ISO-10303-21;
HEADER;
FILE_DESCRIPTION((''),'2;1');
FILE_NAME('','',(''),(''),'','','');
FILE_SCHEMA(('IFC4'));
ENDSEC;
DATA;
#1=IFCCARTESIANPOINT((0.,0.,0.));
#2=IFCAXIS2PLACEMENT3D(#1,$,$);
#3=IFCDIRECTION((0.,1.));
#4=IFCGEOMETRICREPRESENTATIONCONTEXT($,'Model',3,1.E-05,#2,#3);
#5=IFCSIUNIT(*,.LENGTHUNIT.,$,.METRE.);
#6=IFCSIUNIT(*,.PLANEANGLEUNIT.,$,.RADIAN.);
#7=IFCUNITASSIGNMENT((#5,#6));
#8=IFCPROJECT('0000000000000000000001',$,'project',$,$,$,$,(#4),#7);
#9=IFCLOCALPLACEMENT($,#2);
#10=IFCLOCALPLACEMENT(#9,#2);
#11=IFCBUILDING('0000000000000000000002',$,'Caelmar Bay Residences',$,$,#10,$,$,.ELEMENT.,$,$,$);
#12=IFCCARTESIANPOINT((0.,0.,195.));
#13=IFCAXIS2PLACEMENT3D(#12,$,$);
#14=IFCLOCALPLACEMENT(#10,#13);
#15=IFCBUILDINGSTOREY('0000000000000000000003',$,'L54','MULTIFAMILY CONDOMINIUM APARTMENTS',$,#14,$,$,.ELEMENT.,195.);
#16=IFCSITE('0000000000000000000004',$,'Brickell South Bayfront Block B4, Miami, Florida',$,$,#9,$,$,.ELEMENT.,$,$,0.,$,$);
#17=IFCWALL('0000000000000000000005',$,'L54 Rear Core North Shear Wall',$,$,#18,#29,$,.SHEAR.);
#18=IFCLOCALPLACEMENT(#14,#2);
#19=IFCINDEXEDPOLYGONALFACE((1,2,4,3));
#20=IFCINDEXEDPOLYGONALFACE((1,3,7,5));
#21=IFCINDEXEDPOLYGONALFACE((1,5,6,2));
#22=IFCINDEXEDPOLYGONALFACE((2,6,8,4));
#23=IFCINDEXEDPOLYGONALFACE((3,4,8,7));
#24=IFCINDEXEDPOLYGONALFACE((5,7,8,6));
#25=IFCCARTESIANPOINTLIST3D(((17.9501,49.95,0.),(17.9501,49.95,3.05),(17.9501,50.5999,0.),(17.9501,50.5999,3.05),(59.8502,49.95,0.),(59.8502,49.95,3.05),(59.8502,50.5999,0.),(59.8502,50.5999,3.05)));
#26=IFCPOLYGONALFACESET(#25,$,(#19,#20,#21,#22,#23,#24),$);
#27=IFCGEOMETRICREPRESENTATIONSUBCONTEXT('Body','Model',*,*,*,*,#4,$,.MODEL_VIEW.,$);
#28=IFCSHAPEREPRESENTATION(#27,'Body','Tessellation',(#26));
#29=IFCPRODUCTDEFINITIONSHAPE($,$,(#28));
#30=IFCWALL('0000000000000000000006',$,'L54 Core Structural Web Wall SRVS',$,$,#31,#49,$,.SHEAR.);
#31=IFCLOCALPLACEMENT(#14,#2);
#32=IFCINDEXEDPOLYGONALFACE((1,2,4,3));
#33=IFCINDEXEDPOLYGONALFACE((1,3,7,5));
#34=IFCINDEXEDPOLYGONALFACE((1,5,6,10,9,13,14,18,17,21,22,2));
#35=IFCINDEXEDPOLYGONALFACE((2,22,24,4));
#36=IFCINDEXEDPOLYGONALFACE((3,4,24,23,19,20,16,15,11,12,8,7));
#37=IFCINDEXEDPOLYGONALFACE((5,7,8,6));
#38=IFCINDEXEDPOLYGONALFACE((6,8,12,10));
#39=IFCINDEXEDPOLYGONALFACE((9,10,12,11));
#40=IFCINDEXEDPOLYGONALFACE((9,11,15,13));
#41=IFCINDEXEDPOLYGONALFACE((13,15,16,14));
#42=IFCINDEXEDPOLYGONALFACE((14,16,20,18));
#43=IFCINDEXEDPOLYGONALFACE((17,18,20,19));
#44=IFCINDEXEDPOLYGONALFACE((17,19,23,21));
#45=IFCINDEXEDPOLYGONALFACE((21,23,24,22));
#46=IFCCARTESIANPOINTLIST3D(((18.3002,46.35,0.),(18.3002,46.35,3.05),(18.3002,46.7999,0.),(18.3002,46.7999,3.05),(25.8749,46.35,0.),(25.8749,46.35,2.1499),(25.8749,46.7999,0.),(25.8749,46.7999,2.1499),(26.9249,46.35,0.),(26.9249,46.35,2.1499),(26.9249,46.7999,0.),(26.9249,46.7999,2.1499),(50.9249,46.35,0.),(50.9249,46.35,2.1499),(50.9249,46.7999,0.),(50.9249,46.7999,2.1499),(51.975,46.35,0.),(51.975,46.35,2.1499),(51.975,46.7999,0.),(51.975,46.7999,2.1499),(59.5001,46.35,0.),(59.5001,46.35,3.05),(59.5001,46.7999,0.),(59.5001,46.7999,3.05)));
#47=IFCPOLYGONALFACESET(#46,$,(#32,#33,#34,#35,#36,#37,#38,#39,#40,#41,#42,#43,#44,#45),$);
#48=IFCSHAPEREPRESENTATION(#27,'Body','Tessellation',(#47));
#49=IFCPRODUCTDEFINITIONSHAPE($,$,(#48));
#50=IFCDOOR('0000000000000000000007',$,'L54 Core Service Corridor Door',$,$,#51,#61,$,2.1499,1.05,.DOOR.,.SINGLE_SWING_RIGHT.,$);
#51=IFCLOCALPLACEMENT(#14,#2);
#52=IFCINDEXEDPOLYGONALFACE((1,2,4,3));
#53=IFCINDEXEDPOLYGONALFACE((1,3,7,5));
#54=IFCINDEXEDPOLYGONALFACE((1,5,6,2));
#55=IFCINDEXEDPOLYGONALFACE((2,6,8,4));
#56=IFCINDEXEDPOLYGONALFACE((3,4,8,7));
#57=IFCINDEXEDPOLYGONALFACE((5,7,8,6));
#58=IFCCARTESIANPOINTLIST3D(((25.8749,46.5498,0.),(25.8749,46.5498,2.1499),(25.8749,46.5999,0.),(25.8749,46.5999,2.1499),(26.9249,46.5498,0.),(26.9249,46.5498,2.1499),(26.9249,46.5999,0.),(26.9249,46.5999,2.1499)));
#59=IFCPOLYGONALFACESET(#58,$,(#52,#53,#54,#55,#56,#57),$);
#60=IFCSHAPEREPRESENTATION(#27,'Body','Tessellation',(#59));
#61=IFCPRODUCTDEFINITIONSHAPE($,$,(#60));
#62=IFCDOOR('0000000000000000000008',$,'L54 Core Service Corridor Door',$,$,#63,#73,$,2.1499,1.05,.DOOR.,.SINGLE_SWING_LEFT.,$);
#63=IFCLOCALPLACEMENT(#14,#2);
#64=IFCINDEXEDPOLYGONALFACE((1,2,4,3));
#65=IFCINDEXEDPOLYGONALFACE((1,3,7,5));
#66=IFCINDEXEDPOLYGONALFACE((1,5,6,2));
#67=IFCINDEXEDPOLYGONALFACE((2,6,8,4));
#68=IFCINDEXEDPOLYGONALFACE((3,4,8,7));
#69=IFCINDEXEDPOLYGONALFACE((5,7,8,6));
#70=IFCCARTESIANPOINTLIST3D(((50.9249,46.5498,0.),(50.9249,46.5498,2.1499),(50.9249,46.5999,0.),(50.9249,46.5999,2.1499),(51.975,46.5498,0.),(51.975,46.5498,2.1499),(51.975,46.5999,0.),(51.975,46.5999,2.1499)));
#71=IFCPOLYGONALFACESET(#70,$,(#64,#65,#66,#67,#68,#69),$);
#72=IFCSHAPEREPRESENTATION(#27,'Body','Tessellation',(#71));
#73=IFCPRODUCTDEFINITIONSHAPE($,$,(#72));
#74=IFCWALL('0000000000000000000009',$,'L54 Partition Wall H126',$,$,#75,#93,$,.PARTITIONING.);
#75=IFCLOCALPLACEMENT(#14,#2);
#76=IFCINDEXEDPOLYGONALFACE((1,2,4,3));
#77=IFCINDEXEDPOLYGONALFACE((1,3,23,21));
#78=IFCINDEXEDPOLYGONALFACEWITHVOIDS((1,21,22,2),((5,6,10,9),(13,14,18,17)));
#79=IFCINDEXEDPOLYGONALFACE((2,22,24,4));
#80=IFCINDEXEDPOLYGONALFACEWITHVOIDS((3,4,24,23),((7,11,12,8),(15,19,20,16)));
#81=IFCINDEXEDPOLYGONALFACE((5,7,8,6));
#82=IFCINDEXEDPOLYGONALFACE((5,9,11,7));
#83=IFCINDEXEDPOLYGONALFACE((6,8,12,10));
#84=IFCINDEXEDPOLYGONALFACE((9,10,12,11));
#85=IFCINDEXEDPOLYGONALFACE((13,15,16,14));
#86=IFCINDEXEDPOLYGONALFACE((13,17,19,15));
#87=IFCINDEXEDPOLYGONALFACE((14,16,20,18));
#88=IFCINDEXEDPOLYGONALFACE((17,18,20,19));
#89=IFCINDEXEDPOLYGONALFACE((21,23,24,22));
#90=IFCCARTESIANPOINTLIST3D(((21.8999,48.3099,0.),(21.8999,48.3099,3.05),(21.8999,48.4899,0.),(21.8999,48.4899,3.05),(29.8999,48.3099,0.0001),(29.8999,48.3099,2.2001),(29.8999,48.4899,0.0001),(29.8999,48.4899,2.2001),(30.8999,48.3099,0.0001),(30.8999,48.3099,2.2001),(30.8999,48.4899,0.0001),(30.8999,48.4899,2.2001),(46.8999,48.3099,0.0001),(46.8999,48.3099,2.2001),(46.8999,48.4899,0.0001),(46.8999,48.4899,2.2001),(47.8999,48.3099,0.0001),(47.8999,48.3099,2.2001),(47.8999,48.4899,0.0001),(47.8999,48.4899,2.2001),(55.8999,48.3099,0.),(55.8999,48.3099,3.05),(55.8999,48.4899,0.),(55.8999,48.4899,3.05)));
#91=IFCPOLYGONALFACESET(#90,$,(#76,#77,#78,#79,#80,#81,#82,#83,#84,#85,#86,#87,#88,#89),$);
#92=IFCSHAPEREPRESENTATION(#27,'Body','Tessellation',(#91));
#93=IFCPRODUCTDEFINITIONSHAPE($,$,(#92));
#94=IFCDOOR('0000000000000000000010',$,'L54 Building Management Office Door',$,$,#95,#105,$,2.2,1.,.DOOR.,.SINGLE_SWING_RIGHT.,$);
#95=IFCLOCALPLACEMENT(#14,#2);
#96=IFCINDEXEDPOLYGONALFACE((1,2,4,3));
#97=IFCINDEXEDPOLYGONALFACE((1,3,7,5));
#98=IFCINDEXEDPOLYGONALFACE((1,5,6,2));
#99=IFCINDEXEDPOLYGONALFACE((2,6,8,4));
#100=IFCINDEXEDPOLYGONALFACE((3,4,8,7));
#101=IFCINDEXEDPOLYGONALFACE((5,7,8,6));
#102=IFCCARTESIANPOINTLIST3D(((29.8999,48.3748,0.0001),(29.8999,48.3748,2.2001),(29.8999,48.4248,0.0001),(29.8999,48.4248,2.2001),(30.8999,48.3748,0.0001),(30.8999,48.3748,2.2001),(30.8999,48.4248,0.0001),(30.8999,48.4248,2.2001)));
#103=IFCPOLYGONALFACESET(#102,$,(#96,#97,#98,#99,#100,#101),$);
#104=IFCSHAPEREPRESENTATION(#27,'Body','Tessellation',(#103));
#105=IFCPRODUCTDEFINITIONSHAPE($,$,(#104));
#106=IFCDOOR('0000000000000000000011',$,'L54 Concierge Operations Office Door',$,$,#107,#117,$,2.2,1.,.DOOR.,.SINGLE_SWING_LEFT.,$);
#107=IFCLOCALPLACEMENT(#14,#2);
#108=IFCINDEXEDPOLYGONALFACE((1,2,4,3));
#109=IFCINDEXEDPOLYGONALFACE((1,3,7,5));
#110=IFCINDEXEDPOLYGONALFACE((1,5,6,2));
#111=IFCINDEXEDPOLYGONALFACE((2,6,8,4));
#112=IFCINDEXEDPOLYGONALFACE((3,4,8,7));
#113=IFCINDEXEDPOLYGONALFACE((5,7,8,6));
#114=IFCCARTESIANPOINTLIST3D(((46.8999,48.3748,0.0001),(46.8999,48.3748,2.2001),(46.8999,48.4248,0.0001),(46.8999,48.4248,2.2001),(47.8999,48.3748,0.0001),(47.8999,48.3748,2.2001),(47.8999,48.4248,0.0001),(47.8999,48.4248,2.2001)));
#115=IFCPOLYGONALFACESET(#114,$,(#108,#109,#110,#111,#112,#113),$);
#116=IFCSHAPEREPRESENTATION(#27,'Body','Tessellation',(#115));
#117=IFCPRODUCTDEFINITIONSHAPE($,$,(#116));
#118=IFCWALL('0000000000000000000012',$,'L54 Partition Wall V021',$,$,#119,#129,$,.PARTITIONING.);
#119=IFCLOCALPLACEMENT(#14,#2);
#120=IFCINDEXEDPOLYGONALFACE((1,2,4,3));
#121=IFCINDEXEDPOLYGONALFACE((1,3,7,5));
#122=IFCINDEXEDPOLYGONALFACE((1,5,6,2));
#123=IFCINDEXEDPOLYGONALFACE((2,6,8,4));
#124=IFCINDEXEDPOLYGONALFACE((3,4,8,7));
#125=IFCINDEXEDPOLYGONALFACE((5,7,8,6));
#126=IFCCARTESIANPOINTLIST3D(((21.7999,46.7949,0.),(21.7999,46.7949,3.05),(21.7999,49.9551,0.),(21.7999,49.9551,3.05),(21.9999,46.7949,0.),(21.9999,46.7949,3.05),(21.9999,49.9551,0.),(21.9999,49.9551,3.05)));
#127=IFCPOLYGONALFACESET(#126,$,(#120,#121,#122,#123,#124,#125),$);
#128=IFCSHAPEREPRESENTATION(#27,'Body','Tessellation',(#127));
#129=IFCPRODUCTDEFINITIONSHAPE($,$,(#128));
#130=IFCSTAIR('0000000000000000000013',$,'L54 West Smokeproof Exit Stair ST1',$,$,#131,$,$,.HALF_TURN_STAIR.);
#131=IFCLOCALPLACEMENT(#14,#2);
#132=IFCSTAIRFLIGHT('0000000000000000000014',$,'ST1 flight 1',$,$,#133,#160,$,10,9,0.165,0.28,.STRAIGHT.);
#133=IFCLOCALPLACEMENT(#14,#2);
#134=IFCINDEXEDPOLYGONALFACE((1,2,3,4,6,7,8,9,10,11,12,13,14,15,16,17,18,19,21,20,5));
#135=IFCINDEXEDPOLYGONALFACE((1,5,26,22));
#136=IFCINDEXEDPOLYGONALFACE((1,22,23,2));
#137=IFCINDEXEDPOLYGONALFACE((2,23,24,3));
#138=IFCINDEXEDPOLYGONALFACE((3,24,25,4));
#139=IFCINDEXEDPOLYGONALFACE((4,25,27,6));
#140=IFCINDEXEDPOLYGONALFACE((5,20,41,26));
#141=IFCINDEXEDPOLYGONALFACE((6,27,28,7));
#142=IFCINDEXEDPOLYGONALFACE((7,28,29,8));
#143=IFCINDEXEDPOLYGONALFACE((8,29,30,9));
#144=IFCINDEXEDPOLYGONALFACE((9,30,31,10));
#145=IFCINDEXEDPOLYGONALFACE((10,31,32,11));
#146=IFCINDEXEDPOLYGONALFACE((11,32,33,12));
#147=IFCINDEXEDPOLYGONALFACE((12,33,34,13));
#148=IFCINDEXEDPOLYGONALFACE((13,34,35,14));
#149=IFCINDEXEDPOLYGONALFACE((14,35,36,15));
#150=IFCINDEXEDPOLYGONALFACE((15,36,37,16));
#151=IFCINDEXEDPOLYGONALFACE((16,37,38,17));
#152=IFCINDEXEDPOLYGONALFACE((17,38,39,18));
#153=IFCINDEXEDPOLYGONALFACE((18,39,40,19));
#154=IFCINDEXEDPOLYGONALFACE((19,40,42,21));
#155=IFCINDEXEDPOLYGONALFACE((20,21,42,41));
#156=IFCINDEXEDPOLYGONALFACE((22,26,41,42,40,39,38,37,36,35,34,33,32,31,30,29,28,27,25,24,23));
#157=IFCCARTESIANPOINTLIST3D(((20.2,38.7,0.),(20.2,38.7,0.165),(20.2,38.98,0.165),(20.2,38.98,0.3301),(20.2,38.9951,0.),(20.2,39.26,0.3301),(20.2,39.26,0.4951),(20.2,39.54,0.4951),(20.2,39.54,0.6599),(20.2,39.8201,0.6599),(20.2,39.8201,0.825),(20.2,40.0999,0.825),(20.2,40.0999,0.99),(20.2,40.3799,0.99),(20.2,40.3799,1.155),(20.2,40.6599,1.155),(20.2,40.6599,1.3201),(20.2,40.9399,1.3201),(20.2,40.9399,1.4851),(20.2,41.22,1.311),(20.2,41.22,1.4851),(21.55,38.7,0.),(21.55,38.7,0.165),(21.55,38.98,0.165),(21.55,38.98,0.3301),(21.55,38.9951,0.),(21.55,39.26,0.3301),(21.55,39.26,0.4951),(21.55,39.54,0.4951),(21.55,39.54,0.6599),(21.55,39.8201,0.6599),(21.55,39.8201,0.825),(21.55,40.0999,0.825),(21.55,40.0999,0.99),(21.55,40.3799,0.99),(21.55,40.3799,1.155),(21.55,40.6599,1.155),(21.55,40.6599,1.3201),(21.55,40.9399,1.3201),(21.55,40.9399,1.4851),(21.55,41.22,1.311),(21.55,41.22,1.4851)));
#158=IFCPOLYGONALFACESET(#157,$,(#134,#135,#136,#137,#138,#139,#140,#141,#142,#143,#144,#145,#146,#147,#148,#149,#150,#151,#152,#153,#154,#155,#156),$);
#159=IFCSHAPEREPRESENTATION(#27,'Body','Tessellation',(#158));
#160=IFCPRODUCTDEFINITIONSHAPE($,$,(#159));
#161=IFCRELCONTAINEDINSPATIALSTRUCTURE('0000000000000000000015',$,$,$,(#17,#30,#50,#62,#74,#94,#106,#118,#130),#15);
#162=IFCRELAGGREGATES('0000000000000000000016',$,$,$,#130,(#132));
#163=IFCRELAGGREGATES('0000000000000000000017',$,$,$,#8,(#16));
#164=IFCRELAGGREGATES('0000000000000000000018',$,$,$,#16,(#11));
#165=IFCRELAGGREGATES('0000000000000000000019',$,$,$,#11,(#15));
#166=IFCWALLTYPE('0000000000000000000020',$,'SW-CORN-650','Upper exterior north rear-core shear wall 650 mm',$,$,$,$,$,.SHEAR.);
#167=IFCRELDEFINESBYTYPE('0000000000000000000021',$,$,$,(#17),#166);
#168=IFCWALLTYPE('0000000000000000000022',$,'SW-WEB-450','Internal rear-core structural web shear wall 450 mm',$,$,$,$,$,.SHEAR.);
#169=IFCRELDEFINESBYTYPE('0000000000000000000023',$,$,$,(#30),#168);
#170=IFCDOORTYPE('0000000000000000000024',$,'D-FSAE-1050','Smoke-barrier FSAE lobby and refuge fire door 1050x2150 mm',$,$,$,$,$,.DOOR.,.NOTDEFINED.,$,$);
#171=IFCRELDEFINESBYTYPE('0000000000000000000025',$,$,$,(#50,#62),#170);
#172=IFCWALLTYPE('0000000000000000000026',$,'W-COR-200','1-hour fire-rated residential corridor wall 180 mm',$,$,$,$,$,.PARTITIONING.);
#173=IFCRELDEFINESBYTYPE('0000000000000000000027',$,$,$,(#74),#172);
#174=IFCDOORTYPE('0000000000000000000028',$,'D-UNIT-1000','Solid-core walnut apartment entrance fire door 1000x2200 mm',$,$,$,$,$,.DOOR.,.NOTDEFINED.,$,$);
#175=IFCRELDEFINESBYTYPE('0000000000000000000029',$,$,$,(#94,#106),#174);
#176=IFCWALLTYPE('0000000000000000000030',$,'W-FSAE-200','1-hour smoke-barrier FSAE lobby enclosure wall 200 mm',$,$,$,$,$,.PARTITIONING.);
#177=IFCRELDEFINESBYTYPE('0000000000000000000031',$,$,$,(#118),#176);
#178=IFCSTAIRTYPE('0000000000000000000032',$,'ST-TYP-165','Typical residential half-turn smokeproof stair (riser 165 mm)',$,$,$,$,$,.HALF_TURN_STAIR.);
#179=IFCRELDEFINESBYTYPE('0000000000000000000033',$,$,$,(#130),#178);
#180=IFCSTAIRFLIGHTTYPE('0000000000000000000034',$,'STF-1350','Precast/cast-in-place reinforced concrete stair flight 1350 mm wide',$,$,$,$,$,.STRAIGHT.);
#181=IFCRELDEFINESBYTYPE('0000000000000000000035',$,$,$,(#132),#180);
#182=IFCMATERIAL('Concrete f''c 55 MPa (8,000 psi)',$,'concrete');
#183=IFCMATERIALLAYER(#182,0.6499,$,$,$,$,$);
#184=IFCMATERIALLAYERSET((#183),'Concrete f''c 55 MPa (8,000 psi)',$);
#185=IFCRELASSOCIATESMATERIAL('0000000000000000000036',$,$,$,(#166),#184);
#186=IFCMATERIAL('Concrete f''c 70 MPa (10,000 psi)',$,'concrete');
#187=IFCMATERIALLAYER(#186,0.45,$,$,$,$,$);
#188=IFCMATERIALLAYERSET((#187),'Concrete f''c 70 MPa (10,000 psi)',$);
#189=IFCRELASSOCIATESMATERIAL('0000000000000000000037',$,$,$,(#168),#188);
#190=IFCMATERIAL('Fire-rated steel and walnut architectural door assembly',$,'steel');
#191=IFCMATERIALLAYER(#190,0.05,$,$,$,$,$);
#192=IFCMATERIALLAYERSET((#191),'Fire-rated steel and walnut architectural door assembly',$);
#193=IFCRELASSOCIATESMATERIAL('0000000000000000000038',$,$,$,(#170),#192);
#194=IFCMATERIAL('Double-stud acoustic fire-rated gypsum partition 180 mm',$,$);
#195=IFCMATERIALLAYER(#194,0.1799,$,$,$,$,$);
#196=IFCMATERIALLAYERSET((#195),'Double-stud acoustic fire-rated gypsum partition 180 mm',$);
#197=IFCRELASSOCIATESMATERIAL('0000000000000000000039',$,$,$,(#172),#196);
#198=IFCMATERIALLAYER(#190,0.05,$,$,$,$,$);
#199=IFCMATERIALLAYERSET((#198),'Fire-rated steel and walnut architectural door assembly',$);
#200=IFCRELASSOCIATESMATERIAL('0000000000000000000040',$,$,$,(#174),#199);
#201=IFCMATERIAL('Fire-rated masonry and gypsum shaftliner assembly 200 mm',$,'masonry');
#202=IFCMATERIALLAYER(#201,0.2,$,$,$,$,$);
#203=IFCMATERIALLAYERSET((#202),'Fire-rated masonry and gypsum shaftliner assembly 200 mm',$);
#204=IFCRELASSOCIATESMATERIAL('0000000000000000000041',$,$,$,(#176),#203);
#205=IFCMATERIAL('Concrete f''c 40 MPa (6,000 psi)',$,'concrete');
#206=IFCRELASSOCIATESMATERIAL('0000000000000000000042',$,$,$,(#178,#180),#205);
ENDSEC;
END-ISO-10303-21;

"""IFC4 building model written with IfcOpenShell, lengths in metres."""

from ifc_helpers import new_model, si_unit, direction, frame, frame_2d, origin, place, context, subcontext, project, spatial, polyline, rectangle, outline, extrude, material, layer, layer_set, type_object, element, fill, aggregate, save


model = new_model("IFC4")

# Units and contexts
model_context = context("Model", 3, precision=1e-05, world=origin(), true_north=direction((0.0, 1.0)))
body_context = subcontext(model_context, "Body", "Model", "MODEL_VIEW")
ifc_project = project(units=[si_unit("LENGTHUNIT", "METRE"), si_unit("PLANEANGLEUNIT", "RADIAN")], contexts=[model_context])

# Site, building, storey
site_placement = place(None, origin())
site = spatial("IfcSite", under=ifc_project, at=site_placement, Name="Brickell South Bayfront Block B4, Miami, Florida", CompositionType="ELEMENT", RefElevation=0.0)
building_placement = place(site_placement, origin())
building = spatial("IfcBuilding", under=site, at=building_placement, Name="Caelmar Bay Residences", CompositionType="ELEMENT")
storey_placement = place(building_placement, frame((0.0, 0.0, 195.0)))
storey = spatial("IfcBuildingStorey", under=building, at=storey_placement, Name="L54", Description="MULTIFAMILY CONDOMINIUM APARTMENTS", CompositionType="ELEMENT", Elevation=195.0)

# Shared definitions
ifc_material_1 = material(Name="Concrete f'c 55 MPa (8,000 psi)", Category="concrete")
ifc_material_2 = material(Name="Fire-rated steel and walnut architectural door assembly", Category="steel")

# Wall
ifc_layer_1 = layer(ifc_material_1, 0.6499)
ifc_layer_set_1 = layer_set([ifc_layer_1], Name="Concrete f'c 55 MPa (8,000 psi)")
wall_type_1 = type_object("IfcWallType", Name="SW-CORN-650", Description="Upper exterior north rear-core shear wall 650 mm", PredefinedType="SHEAR", material=ifc_layer_set_1)
wall_1_placement = place(storey_placement, frame((17.95, 50.2749, 0.0), z_axis=(0.0, 0.0, 1.0), x_axis=(1.0, 0.0, 0.0)))
element("IfcWall", 1, at=wall_1_placement, inside=storey, type_object=wall_type_1, Name="L54 Rear Core North Shear Wall", PredefinedType="SHEAR", context=body_context, shape_type="SweptSolid", body=[
    extrude(rectangle(XDim=41.9001, YDim=0.6499, at=frame_2d((20.9502, 0.0))), origin(), (0.0, 0.0, 1.0), 3.05),
])

# Walls, openings, doors
ifc_material_3 = material(Name="Concrete f'c 70 MPa (10,000 psi)", Category="concrete")
ifc_layer_2 = layer(ifc_material_3, 0.45)
ifc_layer_set_2 = layer_set([ifc_layer_2], Name="Concrete f'c 70 MPa (10,000 psi)")
wall_type_2 = type_object("IfcWallType", Name="SW-WEB-450", Description="Internal rear-core structural web shear wall 450 mm", PredefinedType="SHEAR", material=ifc_layer_set_2)
wall_2_placement = place(storey_placement, frame((18.3, 46.575, 0.0), z_axis=(0.0, 0.0, 1.0), x_axis=(1.0, 0.0, 0.0)))
wall_2 = element("IfcWall", 2, at=wall_2_placement, inside=storey, type_object=wall_type_2, Name="L54 Core Structural Web Wall SRVS", PredefinedType="SHEAR", context=body_context, shape_type="SweptSolid", body=[
    extrude(rectangle(XDim=41.2, YDim=0.45, at=frame_2d((20.6001, 0.0))), origin(), (0.0, 0.0, 1.0), 3.05),
])
opening_1_placement = place(wall_2_placement, frame((7.575, 0.0, 0.0)))
opening_1 = element("IfcOpeningElement", 3, at=opening_1_placement, cuts=wall_2, PredefinedType="OPENING", context=body_context, shape_type="SweptSolid", body=[
    extrude(rectangle(XDim=1.05, YDim=2.1499, at=frame_2d((0.5249, 1.075))), frame((0.0, 0.2349, 0.0), z_axis=(0.0, -1.0, 0.0), x_axis=(1.0, 0.0, 0.0)), (0.0, 0.0, 1.0), 0.47),
])
opening_2_placement = place(wall_2_placement, frame((32.625, 0.0, 0.0)))
opening_2 = element("IfcOpeningElement", 4, at=opening_2_placement, cuts=wall_2, PredefinedType="OPENING", context=body_context, shape_type="SweptSolid", body=[
    extrude(rectangle(XDim=1.05, YDim=2.1499, at=frame_2d((0.5249, 1.075))), frame((0.0, 0.2349, 0.0), z_axis=(0.0, -1.0, 0.0), x_axis=(1.0, 0.0, 0.0)), (0.0, 0.0, 1.0), 0.47),
])
ifc_layer_3 = layer(ifc_material_2, 0.05)
ifc_layer_set_3 = layer_set([ifc_layer_3], Name="Fire-rated steel and walnut architectural door assembly")
door_type_1 = type_object("IfcDoorType", Name="D-FSAE-1050", Description="Smoke-barrier FSAE lobby and refuge fire door 1050x2150 mm", OperationType="NOTDEFINED", PredefinedType="DOOR", material=ifc_layer_set_3)
door_1_placement = place(opening_1_placement, origin())
door_1 = element("IfcDoor", 5, at=door_1_placement, inside=storey, type_object=door_type_1, Name="L54 Core Service Corridor Door", OperationType="SINGLE_SWING_RIGHT", OverallHeight=2.1499, OverallWidth=1.05, PredefinedType="DOOR", context=body_context, shape_type="SweptSolid", body=[
    extrude(rectangle(XDim=1.05, YDim=2.1499, at=frame_2d((0.5249, 1.075))), frame((0.0, 0.0249, 0.0), z_axis=(0.0, -1.0, 0.0), x_axis=(1.0, 0.0, 0.0)), (0.0, 0.0, 1.0), 0.05),
])
fill(opening_1, door_1)
door_2_placement = place(opening_2_placement, origin())
door_2 = element("IfcDoor", 6, at=door_2_placement, inside=storey, type_object=door_type_1, Name="L54 Core Service Corridor Door", OperationType="SINGLE_SWING_LEFT", OverallHeight=2.1499, OverallWidth=1.05, PredefinedType="DOOR", context=body_context, shape_type="SweptSolid", body=[
    extrude(rectangle(XDim=1.05, YDim=2.1499, at=frame_2d((0.5249, 1.075))), frame((0.0, 0.0249, 0.0), z_axis=(0.0, -1.0, 0.0), x_axis=(1.0, 0.0, 0.0)), (0.0, 0.0, 1.0), 0.05),
])
fill(opening_2, door_2)
ifc_material_4 = material(Name="Double-stud acoustic fire-rated gypsum partition 180 mm")
ifc_layer_4 = layer(ifc_material_4, 0.1799)
ifc_layer_set_4 = layer_set([ifc_layer_4], Name="Double-stud acoustic fire-rated gypsum partition 180 mm")
wall_type_3 = type_object("IfcWallType", Name="W-COR-200", Description="1-hour fire-rated residential corridor wall 180 mm", PredefinedType="PARTITIONING", material=ifc_layer_set_4)
wall_3_placement = place(storey_placement, frame((21.8999, 48.3999, 0.0), z_axis=(0.0, 0.0, 1.0), x_axis=(1.0, 0.0, 0.0)))
wall_3 = element("IfcWall", 7, at=wall_3_placement, inside=storey, type_object=wall_type_3, Name="L54 Partition Wall H126", PredefinedType="PARTITIONING", context=body_context, shape_type="SweptSolid", body=[
    extrude(rectangle(XDim=34.0, YDim=0.1799, at=frame_2d((17.0, 0.0))), origin(), (0.0, 0.0, 1.0), 3.05),
])
opening_3_placement = place(wall_3_placement, frame((8.0, 0.0, 0.0)))
opening_3 = element("IfcOpeningElement", 8, at=opening_3_placement, cuts=wall_3, PredefinedType="OPENING", context=body_context, shape_type="SweptSolid", body=[
    extrude(rectangle(XDim=1.0, YDim=2.2, at=frame_2d((0.5, 1.1001))), frame((0.0, 0.0999, 0.0), z_axis=(0.0, -1.0, 0.0), x_axis=(1.0, 0.0, 0.0)), (0.0, 0.0, 1.0), 0.2),
])
opening_4_placement = place(wall_3_placement, frame((25.0, 0.0, 0.0)))
opening_4 = element("IfcOpeningElement", 9, at=opening_4_placement, cuts=wall_3, PredefinedType="OPENING", context=body_context, shape_type="SweptSolid", body=[
    extrude(rectangle(XDim=1.0, YDim=2.2, at=frame_2d((0.5, 1.1001))), frame((0.0, 0.0999, 0.0), z_axis=(0.0, -1.0, 0.0), x_axis=(1.0, 0.0, 0.0)), (0.0, 0.0, 1.0), 0.2),
])
ifc_layer_5 = layer(ifc_material_2, 0.05)
ifc_layer_set_5 = layer_set([ifc_layer_5], Name="Fire-rated steel and walnut architectural door assembly")
door_type_2 = type_object("IfcDoorType", Name="D-UNIT-1000", Description="Solid-core walnut apartment entrance fire door 1000x2200 mm", OperationType="NOTDEFINED", PredefinedType="DOOR", material=ifc_layer_set_5)
door_3_placement = place(opening_3_placement, origin())
door_3 = element("IfcDoor", 10, at=door_3_placement, inside=storey, type_object=door_type_2, Name="L54 Building Management Office Door", OperationType="SINGLE_SWING_RIGHT", OverallHeight=2.2, OverallWidth=1.0, PredefinedType="DOOR", context=body_context, shape_type="SweptSolid", body=[
    extrude(rectangle(XDim=1.0, YDim=2.2, at=frame_2d((0.5, 1.1001))), frame((0.0, 0.0249, 0.0), z_axis=(0.0, -1.0, 0.0), x_axis=(1.0, 0.0, 0.0)), (0.0, 0.0, 1.0), 0.05),
])
fill(opening_3, door_3)
door_4_placement = place(opening_4_placement, origin())
door_4 = element("IfcDoor", 11, at=door_4_placement, inside=storey, type_object=door_type_2, Name="L54 Concierge Operations Office Door", OperationType="SINGLE_SWING_LEFT", OverallHeight=2.2, OverallWidth=1.0, PredefinedType="DOOR", context=body_context, shape_type="SweptSolid", body=[
    extrude(rectangle(XDim=1.0, YDim=2.2, at=frame_2d((0.5, 1.1001))), frame((0.0, 0.0249, 0.0), z_axis=(0.0, -1.0, 0.0), x_axis=(1.0, 0.0, 0.0)), (0.0, 0.0, 1.0), 0.05),
])
fill(opening_4, door_4)

# Wall
ifc_material_5 = material(Name="Fire-rated masonry and gypsum shaftliner assembly 200 mm", Category="masonry")
ifc_layer_6 = layer(ifc_material_5, 0.2)
ifc_layer_set_6 = layer_set([ifc_layer_6], Name="Fire-rated masonry and gypsum shaftliner assembly 200 mm")
wall_type_4 = type_object("IfcWallType", Name="W-FSAE-200", Description="1-hour smoke-barrier FSAE lobby enclosure wall 200 mm", PredefinedType="PARTITIONING", material=ifc_layer_set_6)
wall_4_placement = place(storey_placement, frame((21.8999, 46.7949, 0.0), z_axis=(0.0, 0.0, 1.0), x_axis=(0.0, 1.0, 0.0)))
element("IfcWall", 12, at=wall_4_placement, inside=storey, type_object=wall_type_4, Name="L54 Partition Wall V021", PredefinedType="PARTITIONING", context=body_context, shape_type="SweptSolid", body=[
    extrude(rectangle(XDim=3.1602, YDim=0.2, at=frame_2d((1.5801, 0.0))), origin(), (0.0, 0.0, 1.0), 3.05),
])

# Stair, stair flight
ifc_material_6 = material(Name="Concrete f'c 40 MPa (6,000 psi)", Category="concrete")
stair_type = type_object("IfcStairType", Name="ST-TYP-165", Description="Typical residential half-turn smokeproof stair (riser 165 mm)", PredefinedType="HALF_TURN_STAIR", material=ifc_material_6)
stair_placement = place(storey_placement, origin())
stair = element("IfcStair", 13, at=stair_placement, inside=storey, type_object=stair_type, Name="L54 West Smokeproof Exit Stair ST1", PredefinedType="HALF_TURN_STAIR")
stair_flight_type = type_object("IfcStairFlightType", Name="STF-1350", Description="Precast/cast-in-place reinforced concrete stair flight 1350 mm wide", PredefinedType="STRAIGHT", material=ifc_material_6)
stair_flight_1_placement = place(storey_placement, frame((20.875, 38.7, 0.0), z_axis=(0.0, 0.0, 1.0), x_axis=(0.0, 1.0, 0.0)))
stair_flight_1 = element("IfcStairFlight", 14, at=stair_flight_1_placement, type_object=stair_flight_type, Name="ST1 flight 1", NumberOfRisers=10, NumberOfTreads=9, PredefinedType="STRAIGHT", RiserHeight=0.165, TreadLength=0.28, context=body_context, shape_type="SweptSolid", body=[
    extrude(outline(polyline([(0.0, 0.0), (0.0, 0.165), (0.28, 0.165), (0.28, 0.3301), (0.5601, 0.3301), (0.5601, 0.4951), (0.8401, 0.4951), (0.8401, 0.6599), (1.1201, 0.6599), (1.1201, 0.825), (1.3999, 0.825), (1.3999, 0.99), (1.6799, 0.99), (1.6799, 1.155), (1.96, 1.155), (1.96, 1.3201), (2.24, 1.3201), (2.24, 1.4851), (2.52, 1.4851), (2.52, 1.6499), (2.52, 1.311), (0.2952, 0.0), (0.0, 0.0)])), frame((0.0, 0.675, 0.0), z_axis=(0.0, -1.0, 0.0), x_axis=(1.0, 0.0, 0.0)), (0.0, 0.0, 1.0), 1.3501),
])
aggregate(stair, [stair_flight_1])

save(model, "model.ifc")
